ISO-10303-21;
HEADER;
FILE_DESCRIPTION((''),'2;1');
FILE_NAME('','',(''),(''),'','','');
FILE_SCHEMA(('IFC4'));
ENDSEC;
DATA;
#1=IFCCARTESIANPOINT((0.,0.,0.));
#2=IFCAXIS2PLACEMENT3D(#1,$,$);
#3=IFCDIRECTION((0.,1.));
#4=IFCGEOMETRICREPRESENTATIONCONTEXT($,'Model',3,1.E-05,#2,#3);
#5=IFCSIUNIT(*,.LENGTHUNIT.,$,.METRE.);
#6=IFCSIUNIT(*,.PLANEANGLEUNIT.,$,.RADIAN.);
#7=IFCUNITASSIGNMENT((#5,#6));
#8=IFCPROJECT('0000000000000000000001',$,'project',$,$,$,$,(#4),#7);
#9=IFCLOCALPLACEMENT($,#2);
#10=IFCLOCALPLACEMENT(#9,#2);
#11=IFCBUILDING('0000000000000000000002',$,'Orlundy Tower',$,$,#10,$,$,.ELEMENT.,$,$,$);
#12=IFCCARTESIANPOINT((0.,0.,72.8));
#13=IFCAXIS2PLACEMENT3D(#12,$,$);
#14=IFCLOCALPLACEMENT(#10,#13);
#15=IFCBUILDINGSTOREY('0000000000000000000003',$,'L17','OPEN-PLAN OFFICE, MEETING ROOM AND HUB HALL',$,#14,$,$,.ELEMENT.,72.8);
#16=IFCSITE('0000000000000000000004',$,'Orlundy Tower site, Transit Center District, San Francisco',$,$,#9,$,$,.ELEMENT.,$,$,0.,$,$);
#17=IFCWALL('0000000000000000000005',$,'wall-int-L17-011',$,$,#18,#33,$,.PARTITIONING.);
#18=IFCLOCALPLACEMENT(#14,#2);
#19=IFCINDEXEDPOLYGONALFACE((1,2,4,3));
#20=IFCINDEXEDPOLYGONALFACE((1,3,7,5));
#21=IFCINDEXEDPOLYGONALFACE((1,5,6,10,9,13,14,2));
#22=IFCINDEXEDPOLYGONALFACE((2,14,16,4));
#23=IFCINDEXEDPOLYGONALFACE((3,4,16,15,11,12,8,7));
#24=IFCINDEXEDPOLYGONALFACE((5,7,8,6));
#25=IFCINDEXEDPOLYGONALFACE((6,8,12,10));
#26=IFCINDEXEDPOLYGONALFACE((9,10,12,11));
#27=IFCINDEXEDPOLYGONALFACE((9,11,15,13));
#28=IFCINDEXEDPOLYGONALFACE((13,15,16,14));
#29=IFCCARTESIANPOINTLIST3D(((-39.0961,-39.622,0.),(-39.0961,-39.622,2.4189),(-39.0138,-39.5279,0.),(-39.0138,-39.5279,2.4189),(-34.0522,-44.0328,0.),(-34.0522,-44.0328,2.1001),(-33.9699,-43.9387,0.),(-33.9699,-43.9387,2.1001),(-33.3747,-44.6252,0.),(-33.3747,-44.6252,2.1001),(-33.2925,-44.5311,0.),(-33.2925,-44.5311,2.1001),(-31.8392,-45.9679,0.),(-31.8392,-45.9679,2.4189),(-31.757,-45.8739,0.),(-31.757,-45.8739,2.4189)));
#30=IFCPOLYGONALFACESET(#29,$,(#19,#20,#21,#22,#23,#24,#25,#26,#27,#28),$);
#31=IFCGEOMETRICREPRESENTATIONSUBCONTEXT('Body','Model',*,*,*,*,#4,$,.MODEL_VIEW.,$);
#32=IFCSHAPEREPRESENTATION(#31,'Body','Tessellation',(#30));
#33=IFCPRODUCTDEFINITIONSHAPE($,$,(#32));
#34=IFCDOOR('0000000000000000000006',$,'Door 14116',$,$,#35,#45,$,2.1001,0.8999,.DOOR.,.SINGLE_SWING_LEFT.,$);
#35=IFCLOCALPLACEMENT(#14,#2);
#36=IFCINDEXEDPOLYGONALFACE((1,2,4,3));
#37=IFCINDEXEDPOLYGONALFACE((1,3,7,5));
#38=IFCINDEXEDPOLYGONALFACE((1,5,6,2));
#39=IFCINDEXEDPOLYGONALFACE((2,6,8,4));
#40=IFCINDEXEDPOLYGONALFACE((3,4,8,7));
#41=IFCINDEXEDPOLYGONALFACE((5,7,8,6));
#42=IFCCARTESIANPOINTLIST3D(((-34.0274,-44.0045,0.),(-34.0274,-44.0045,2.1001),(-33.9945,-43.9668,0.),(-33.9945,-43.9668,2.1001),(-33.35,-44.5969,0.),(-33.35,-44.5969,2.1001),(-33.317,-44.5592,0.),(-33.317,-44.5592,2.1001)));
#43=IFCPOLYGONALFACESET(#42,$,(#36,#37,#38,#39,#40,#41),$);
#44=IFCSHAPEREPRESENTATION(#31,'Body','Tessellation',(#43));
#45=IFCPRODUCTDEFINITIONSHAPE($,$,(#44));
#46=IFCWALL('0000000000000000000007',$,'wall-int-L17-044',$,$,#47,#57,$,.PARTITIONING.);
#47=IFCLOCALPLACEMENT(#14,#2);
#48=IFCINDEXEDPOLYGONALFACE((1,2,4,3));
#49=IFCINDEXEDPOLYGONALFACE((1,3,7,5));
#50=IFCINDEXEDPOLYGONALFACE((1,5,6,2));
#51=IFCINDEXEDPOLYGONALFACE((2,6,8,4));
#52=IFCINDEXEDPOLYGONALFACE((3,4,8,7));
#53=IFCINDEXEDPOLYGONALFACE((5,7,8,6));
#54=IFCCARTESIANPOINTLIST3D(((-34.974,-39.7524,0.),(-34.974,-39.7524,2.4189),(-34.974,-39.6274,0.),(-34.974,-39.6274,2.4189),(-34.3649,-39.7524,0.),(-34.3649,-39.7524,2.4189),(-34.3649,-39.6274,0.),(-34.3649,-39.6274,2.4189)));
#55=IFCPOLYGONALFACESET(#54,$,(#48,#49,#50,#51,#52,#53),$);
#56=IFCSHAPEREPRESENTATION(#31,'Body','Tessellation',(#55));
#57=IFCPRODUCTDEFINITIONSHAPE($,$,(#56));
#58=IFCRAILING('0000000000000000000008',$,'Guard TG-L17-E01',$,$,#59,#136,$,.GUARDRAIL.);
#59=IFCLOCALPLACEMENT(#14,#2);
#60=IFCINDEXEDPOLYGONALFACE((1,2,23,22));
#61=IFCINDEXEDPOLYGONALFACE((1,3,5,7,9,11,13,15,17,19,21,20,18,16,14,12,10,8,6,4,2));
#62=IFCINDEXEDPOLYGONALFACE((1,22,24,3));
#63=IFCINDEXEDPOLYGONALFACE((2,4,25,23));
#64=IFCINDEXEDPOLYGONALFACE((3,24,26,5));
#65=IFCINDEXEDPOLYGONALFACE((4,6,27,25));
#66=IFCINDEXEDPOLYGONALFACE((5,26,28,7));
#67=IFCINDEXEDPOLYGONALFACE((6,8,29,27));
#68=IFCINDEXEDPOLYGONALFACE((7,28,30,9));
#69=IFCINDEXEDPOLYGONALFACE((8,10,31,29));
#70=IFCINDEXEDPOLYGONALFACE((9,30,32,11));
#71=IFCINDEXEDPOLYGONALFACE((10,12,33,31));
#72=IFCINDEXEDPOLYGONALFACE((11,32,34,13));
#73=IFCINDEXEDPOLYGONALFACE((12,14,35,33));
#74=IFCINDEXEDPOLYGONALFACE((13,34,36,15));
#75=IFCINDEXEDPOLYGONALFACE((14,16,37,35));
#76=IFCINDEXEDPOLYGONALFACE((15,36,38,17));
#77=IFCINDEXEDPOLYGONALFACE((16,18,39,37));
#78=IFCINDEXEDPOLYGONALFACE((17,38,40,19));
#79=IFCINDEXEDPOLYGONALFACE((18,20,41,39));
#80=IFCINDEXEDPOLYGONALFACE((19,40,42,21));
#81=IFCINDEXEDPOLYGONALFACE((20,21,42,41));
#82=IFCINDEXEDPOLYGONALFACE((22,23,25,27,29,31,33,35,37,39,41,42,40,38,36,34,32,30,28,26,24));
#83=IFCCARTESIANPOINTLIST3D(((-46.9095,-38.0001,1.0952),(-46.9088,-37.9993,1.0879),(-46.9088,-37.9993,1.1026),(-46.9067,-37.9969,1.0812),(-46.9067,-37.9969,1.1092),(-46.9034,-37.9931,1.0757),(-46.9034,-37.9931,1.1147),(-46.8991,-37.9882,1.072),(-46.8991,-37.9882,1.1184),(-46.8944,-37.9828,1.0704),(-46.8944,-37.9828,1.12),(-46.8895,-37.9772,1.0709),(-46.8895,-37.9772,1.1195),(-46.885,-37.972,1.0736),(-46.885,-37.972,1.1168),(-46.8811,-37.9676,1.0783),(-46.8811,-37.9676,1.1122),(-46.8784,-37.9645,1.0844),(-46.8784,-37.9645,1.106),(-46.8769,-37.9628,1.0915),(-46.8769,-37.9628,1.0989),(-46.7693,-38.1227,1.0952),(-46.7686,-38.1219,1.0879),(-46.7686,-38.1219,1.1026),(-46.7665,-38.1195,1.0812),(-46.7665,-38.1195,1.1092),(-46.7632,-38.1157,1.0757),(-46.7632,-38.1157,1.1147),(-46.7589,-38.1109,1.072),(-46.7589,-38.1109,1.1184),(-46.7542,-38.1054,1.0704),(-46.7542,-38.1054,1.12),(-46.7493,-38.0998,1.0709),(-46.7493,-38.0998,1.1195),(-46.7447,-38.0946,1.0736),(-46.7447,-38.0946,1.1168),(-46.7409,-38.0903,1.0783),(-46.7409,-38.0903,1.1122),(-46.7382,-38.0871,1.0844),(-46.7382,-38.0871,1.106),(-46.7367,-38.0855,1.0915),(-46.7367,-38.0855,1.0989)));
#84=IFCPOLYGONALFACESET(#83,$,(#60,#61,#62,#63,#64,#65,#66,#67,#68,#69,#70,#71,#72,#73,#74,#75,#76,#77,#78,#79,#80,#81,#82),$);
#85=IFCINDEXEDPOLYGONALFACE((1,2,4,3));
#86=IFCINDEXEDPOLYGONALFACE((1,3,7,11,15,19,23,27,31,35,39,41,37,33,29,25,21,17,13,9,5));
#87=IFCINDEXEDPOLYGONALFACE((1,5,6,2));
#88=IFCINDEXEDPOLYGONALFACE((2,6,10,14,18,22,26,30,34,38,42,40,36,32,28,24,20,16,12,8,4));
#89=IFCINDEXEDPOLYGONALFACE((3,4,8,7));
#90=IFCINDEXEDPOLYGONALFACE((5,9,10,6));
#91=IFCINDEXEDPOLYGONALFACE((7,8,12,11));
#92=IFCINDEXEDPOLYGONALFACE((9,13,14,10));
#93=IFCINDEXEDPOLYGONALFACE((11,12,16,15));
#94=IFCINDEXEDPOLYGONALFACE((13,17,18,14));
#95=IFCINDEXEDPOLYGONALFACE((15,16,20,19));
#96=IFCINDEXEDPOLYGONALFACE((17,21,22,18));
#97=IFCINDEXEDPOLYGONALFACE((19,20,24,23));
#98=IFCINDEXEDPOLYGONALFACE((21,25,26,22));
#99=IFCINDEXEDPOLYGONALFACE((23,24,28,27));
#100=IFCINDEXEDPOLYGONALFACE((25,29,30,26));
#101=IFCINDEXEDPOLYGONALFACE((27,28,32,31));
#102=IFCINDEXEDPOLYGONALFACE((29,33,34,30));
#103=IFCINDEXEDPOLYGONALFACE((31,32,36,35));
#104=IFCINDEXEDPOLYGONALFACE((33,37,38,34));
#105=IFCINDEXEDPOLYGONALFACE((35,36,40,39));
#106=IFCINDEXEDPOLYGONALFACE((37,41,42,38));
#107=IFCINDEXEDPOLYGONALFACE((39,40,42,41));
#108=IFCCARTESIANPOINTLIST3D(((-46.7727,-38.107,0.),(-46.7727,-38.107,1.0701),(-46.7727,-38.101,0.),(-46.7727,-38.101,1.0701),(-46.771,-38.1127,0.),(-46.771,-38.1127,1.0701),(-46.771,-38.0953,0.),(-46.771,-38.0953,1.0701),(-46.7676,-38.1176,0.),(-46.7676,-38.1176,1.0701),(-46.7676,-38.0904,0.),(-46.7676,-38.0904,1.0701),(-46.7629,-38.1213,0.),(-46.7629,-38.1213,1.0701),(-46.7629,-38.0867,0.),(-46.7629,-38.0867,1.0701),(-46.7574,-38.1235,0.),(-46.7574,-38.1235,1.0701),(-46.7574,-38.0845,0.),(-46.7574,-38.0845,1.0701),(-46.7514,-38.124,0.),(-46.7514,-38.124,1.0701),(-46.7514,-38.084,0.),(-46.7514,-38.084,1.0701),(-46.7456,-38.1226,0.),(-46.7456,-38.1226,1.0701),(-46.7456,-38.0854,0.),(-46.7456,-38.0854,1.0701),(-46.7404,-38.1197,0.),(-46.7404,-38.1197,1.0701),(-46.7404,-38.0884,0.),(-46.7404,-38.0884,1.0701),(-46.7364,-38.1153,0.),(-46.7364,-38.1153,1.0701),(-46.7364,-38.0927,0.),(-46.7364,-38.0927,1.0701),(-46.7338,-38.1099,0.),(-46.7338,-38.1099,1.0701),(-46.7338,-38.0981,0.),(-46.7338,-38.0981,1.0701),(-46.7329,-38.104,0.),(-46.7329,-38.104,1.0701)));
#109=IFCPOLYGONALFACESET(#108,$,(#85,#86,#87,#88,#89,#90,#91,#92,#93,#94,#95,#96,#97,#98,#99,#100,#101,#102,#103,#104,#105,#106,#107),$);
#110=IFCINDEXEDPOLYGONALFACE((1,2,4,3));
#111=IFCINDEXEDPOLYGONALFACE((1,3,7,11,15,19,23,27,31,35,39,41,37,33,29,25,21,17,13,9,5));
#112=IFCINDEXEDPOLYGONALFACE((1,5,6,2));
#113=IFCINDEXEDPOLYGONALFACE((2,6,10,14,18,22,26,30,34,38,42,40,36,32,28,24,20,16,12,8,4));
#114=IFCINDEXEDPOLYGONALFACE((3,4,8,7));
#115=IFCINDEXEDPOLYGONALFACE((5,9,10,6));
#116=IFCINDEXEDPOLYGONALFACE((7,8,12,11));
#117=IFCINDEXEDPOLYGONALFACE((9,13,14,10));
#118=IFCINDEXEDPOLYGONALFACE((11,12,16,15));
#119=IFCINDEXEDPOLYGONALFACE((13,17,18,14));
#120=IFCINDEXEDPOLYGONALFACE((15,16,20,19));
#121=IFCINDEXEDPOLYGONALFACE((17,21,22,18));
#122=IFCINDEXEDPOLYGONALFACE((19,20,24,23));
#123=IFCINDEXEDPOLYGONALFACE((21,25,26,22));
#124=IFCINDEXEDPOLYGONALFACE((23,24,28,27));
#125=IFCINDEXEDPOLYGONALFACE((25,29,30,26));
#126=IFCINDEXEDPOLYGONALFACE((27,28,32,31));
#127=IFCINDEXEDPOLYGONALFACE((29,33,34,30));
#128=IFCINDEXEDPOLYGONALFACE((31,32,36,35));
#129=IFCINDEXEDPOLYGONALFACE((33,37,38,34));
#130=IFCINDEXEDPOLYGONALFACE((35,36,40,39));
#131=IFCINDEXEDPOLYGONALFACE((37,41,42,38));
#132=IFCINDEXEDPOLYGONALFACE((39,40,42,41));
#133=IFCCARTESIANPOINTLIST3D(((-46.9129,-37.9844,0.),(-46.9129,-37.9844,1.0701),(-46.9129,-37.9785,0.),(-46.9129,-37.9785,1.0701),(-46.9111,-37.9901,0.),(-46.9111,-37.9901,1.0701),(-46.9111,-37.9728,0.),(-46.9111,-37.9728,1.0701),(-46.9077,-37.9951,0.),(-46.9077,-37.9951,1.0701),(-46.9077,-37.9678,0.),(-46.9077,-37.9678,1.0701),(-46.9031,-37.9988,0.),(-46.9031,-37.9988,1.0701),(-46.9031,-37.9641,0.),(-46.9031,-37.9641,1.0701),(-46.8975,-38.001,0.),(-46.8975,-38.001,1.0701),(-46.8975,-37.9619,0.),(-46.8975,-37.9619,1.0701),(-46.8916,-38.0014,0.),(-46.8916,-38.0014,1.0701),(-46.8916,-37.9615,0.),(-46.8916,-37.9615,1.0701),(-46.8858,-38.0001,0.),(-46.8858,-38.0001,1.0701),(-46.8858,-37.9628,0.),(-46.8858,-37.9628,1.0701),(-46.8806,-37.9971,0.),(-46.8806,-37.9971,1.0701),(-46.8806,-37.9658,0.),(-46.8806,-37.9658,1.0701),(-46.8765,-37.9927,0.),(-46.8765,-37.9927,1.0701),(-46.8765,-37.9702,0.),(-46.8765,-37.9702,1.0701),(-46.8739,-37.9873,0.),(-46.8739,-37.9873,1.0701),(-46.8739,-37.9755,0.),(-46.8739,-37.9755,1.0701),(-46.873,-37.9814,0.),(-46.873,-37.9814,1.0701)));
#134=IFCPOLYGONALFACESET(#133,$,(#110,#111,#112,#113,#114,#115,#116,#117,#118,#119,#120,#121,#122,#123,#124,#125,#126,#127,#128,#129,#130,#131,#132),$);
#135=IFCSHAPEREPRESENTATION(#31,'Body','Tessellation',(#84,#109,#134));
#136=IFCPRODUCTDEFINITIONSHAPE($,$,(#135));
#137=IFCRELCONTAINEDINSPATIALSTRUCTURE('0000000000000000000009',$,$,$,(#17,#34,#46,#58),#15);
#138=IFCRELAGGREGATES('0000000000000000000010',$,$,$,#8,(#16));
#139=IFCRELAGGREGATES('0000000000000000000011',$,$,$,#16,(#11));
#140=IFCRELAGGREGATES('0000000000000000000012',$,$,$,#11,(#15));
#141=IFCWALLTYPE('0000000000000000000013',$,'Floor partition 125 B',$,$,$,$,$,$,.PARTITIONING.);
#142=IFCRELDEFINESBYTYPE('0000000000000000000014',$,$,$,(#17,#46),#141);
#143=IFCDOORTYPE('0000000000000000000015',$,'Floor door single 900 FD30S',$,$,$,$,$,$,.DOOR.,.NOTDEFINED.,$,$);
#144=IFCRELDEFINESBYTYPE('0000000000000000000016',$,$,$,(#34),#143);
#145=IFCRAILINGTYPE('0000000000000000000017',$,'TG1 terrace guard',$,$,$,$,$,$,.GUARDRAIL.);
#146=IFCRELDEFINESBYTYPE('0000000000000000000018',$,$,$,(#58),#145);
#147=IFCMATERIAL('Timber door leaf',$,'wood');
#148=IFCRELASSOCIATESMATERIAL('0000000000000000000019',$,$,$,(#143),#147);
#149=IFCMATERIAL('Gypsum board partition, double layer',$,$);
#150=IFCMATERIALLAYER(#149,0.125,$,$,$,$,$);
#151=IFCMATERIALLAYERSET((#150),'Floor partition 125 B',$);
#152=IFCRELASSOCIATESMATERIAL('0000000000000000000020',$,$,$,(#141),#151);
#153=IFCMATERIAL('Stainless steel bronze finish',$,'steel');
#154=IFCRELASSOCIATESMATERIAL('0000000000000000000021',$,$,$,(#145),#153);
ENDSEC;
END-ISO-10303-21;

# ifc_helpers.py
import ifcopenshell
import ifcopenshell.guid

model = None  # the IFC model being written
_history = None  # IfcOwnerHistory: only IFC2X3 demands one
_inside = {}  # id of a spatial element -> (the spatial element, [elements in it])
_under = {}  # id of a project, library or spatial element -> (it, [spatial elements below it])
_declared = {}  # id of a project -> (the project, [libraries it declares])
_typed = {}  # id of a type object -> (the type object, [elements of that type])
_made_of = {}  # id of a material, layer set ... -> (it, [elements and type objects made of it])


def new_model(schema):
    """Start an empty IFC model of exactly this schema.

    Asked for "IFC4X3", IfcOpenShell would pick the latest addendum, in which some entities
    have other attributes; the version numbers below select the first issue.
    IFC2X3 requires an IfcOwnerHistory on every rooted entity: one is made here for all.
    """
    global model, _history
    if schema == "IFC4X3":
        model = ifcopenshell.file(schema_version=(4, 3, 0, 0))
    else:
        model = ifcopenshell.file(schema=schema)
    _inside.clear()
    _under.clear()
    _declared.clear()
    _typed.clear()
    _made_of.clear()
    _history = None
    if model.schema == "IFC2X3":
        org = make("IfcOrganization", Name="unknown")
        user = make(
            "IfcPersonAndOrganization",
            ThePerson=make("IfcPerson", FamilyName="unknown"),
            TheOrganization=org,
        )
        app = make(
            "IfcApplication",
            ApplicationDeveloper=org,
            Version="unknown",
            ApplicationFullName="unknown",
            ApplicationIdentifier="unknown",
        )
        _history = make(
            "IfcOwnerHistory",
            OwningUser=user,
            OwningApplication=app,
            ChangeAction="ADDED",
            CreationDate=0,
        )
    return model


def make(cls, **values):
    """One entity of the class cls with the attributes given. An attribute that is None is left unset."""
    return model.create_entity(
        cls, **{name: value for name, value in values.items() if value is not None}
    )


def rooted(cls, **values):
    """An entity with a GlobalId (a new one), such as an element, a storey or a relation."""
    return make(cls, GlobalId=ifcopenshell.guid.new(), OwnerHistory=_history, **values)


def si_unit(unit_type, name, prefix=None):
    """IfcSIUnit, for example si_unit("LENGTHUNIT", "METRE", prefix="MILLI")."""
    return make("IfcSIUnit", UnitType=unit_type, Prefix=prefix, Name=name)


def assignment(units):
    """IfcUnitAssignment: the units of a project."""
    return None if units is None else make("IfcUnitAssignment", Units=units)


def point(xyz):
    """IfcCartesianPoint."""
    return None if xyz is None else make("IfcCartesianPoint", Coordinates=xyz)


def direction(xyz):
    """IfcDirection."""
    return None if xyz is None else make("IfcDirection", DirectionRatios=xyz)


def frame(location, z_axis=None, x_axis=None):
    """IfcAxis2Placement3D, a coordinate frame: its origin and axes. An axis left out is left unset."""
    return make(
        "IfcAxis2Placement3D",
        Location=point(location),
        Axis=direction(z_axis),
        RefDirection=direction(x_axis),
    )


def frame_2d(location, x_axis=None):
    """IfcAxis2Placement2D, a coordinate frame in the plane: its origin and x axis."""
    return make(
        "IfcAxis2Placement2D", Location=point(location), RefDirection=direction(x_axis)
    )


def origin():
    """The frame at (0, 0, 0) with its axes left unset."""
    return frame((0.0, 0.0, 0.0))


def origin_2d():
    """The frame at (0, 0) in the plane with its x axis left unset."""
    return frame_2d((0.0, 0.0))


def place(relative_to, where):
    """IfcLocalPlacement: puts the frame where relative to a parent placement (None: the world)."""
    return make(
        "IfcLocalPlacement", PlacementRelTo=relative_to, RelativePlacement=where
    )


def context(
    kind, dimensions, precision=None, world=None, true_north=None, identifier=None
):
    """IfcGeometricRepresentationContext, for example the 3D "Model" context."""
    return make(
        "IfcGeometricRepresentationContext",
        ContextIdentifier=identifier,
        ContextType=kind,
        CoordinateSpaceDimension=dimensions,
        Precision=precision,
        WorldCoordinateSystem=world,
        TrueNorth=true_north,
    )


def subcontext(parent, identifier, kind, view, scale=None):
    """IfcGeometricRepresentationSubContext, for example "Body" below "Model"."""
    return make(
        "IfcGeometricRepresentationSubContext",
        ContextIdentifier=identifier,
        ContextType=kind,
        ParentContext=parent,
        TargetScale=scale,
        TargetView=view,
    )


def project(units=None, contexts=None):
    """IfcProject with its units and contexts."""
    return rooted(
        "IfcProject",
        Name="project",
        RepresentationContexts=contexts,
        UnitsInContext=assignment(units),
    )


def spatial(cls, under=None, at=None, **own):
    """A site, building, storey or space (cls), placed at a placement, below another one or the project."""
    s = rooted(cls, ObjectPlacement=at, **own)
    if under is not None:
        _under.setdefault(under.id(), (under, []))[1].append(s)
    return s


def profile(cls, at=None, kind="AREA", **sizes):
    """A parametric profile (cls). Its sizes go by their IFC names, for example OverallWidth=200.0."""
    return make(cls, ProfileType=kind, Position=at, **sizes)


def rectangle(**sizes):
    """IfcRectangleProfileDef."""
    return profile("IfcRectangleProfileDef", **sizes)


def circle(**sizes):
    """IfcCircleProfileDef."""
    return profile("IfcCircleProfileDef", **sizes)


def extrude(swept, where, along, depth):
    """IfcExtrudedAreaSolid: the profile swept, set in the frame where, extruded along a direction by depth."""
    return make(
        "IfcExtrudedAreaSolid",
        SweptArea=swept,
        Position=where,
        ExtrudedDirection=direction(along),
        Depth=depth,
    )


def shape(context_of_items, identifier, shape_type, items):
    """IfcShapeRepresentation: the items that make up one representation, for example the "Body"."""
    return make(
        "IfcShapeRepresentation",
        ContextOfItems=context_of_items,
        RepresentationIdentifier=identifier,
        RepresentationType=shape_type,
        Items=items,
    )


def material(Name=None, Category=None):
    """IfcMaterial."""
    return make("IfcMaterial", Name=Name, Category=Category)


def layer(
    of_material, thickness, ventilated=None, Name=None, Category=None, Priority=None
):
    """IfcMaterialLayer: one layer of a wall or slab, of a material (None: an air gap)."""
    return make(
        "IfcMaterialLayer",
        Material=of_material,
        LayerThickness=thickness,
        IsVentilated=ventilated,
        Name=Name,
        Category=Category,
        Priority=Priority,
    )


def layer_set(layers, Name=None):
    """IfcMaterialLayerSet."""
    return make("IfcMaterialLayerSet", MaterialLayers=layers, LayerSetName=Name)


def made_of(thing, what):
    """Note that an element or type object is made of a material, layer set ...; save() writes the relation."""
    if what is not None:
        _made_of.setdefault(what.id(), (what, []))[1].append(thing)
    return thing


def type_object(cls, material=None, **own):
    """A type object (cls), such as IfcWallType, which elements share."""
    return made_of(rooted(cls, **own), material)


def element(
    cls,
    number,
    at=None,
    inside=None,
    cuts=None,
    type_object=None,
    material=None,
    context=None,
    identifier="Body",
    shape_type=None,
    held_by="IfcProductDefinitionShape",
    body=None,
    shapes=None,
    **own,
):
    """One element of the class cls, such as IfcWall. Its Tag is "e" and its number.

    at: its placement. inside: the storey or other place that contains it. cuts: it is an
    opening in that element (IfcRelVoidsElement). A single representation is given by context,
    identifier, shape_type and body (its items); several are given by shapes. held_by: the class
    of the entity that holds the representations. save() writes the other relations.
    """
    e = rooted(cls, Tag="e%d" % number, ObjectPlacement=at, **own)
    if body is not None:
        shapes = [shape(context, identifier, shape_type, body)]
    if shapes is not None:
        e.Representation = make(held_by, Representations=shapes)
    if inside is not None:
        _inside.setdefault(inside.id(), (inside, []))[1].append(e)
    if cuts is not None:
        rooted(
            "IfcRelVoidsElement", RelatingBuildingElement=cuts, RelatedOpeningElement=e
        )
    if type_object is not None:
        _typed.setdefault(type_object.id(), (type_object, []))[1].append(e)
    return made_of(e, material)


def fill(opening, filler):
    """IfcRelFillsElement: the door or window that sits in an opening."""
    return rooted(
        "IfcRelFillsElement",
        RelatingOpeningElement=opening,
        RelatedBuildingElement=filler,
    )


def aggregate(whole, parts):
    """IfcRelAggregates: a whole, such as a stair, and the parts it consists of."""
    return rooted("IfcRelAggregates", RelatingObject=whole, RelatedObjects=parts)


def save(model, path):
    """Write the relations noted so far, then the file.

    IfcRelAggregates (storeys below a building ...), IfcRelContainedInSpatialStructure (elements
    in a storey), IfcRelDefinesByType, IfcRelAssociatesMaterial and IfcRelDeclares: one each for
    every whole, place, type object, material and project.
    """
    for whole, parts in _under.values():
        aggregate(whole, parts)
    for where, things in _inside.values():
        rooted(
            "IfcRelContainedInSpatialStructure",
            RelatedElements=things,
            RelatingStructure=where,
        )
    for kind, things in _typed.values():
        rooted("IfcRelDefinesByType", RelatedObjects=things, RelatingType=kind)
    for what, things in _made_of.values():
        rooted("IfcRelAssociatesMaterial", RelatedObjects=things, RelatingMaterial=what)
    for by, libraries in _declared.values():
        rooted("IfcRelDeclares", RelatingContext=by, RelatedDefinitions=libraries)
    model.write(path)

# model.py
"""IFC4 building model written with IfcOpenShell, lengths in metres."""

from ifc_helpers import new_model, si_unit, direction, frame, frame_2d, origin, origin_2d, place, context, subcontext, project, spatial, rectangle, circle, extrude, material, layer, layer_set, type_object, element, fill, save


model = new_model("IFC4")

# Units and contexts
model_context = context("Model", 3, precision=1e-05, world=origin(), true_north=direction((0.0, 1.0)))
body_context = subcontext(model_context, "Body", "Model", "MODEL_VIEW")
ifc_project = project(units=[si_unit("LENGTHUNIT", "METRE"), si_unit("PLANEANGLEUNIT", "RADIAN")], contexts=[model_context])

# Site, building, storey
site_placement = place(None, origin())
site = spatial("IfcSite", under=ifc_project, at=site_placement, Name="Orlundy Tower site, Transit Center District, San Francisco", CompositionType="ELEMENT", RefElevation=0.0)
building_placement = place(site_placement, origin())
building = spatial("IfcBuilding", under=site, at=building_placement, Name="Orlundy Tower", CompositionType="ELEMENT")
storey_placement = place(building_placement, frame((0.0, 0.0, 72.8)))
storey = spatial("IfcBuildingStorey", under=building, at=storey_placement, Name="L17", Description="OPEN-PLAN OFFICE, MEETING ROOM AND HUB HALL", CompositionType="ELEMENT", Elevation=72.8)

# Shared definitions
ifc_material_1 = material(Name="Timber door leaf", Category="wood")
door_type = type_object("IfcDoorType", Name="Floor door single 900 FD30S", OperationType="NOTDEFINED", PredefinedType="DOOR", material=ifc_material_1)

# Wall, opening, door
ifc_material_2 = material(Name="Gypsum board partition, double layer")
ifc_layer_1 = layer(ifc_material_2, 0.125)
ifc_layer_set_1 = layer_set([ifc_layer_1], Name="Floor partition 125 B")
wall_type_1 = type_object("IfcWallType", Name="Floor partition 125 B", PredefinedType="PARTITIONING", material=ifc_layer_set_1)
wall_1_placement = place(storey_placement, frame((-31.7981, -45.9209, 0.0), z_axis=(0.0, 0.0, 1.0), x_axis=(-0.752771, 0.658282, 0.0)))
wall_1 = element("IfcWall", 1, at=wall_1_placement, inside=storey, type_object=wall_type_1, Name="wall-int-L17-011", PredefinedType="PARTITIONING", context=body_context, shape_type="SweptSolid", body=[
    extrude(rectangle(XDim=9.6401, YDim=0.125, at=frame_2d((4.8201, 0.0))), origin(), (0.0, 0.0, 1.0), 2.4189),
])
opening_1_placement = place(wall_1_placement, frame((2.0398, 0.0, 0.0)))
opening_1 = element("IfcOpeningElement", 2, at=opening_1_placement, cuts=wall_1, PredefinedType="OPENING", context=body_context, shape_type="SweptSolid", body=[
    extrude(rectangle(XDim=0.8999, YDim=2.1001, at=frame_2d((0.45, 1.05))), frame((0.0, 0.0725, 0.0), z_axis=(0.0, -1.0, 0.0), x_axis=(1.0, 0.0, 0.0)), (0.0, 0.0, 1.0), 0.145),
])
door_1_placement = place(opening_1_placement, origin())
door_1 = element("IfcDoor", 3, at=door_1_placement, inside=storey, type_object=door_type, Name="Door 14116", OperationType="SINGLE_SWING_LEFT", OverallHeight=2.1001, OverallWidth=0.8999, PredefinedType="DOOR", context=body_context, shape_type="SweptSolid", body=[
    extrude(rectangle(XDim=0.8999, YDim=2.1001, at=frame_2d((0.45, 1.05))), frame((0.0, 0.0249, 0.0), z_axis=(0.0, -1.0, 0.0), x_axis=(1.0, 0.0, 0.0)), (0.0, 0.0, 1.0), 0.05),
])
fill(opening_1, door_1)

# Wall
wall_2_placement = place(storey_placement, frame((-34.9741, -39.6899, 0.0), z_axis=(0.0, 0.0, 1.0), x_axis=(1.0, 0.0, 0.0)))
element("IfcWall", 4, at=wall_2_placement, inside=storey, type_object=wall_type_1, Name="wall-int-L17-044", PredefinedType="PARTITIONING", context=body_context, shape_type="SweptSolid", body=[
    extrude(rectangle(XDim=0.6091, YDim=0.125, at=frame_2d((0.3047, 0.0))), origin(), (0.0, 0.0, 1.0), 2.4189),
])

# Railing
ifc_material_3 = material(Name="Stainless steel bronze finish", Category="steel")
railing_type = type_object("IfcRailingType", Name="TG1 terrace guard", PredefinedType="GUARDRAIL", material=ifc_material_3)
railing_placement = place(storey_placement, frame((-46.7529, -38.104, 0.0)))
element("IfcRailing", 5, at=railing_placement, inside=storey, type_object=railing_type, Name="Guard TG-L17-E01", PredefinedType="GUARDRAIL", context=body_context, shape_type="SweptSolid", body=[
    extrude(circle(Radius=0.0249, at=origin_2d()), frame((0.0, 0.0, 1.0952), z_axis=(-0.752739, 0.658319, 0.0), x_axis=(-0.658319, -0.752739, 0.0)), (0.0, 0.0, 1.0), 0.1863),
    extrude(circle(Radius=0.02, at=origin_2d()), origin(), (0.0, 0.0, 1.0), 1.0701),
    extrude(circle(Radius=0.02, at=origin_2d()), frame((-0.1401, 0.1226, 0.0)), (0.0, 0.0, 1.0), 1.0701),
])

save(model, "model.ifc")
